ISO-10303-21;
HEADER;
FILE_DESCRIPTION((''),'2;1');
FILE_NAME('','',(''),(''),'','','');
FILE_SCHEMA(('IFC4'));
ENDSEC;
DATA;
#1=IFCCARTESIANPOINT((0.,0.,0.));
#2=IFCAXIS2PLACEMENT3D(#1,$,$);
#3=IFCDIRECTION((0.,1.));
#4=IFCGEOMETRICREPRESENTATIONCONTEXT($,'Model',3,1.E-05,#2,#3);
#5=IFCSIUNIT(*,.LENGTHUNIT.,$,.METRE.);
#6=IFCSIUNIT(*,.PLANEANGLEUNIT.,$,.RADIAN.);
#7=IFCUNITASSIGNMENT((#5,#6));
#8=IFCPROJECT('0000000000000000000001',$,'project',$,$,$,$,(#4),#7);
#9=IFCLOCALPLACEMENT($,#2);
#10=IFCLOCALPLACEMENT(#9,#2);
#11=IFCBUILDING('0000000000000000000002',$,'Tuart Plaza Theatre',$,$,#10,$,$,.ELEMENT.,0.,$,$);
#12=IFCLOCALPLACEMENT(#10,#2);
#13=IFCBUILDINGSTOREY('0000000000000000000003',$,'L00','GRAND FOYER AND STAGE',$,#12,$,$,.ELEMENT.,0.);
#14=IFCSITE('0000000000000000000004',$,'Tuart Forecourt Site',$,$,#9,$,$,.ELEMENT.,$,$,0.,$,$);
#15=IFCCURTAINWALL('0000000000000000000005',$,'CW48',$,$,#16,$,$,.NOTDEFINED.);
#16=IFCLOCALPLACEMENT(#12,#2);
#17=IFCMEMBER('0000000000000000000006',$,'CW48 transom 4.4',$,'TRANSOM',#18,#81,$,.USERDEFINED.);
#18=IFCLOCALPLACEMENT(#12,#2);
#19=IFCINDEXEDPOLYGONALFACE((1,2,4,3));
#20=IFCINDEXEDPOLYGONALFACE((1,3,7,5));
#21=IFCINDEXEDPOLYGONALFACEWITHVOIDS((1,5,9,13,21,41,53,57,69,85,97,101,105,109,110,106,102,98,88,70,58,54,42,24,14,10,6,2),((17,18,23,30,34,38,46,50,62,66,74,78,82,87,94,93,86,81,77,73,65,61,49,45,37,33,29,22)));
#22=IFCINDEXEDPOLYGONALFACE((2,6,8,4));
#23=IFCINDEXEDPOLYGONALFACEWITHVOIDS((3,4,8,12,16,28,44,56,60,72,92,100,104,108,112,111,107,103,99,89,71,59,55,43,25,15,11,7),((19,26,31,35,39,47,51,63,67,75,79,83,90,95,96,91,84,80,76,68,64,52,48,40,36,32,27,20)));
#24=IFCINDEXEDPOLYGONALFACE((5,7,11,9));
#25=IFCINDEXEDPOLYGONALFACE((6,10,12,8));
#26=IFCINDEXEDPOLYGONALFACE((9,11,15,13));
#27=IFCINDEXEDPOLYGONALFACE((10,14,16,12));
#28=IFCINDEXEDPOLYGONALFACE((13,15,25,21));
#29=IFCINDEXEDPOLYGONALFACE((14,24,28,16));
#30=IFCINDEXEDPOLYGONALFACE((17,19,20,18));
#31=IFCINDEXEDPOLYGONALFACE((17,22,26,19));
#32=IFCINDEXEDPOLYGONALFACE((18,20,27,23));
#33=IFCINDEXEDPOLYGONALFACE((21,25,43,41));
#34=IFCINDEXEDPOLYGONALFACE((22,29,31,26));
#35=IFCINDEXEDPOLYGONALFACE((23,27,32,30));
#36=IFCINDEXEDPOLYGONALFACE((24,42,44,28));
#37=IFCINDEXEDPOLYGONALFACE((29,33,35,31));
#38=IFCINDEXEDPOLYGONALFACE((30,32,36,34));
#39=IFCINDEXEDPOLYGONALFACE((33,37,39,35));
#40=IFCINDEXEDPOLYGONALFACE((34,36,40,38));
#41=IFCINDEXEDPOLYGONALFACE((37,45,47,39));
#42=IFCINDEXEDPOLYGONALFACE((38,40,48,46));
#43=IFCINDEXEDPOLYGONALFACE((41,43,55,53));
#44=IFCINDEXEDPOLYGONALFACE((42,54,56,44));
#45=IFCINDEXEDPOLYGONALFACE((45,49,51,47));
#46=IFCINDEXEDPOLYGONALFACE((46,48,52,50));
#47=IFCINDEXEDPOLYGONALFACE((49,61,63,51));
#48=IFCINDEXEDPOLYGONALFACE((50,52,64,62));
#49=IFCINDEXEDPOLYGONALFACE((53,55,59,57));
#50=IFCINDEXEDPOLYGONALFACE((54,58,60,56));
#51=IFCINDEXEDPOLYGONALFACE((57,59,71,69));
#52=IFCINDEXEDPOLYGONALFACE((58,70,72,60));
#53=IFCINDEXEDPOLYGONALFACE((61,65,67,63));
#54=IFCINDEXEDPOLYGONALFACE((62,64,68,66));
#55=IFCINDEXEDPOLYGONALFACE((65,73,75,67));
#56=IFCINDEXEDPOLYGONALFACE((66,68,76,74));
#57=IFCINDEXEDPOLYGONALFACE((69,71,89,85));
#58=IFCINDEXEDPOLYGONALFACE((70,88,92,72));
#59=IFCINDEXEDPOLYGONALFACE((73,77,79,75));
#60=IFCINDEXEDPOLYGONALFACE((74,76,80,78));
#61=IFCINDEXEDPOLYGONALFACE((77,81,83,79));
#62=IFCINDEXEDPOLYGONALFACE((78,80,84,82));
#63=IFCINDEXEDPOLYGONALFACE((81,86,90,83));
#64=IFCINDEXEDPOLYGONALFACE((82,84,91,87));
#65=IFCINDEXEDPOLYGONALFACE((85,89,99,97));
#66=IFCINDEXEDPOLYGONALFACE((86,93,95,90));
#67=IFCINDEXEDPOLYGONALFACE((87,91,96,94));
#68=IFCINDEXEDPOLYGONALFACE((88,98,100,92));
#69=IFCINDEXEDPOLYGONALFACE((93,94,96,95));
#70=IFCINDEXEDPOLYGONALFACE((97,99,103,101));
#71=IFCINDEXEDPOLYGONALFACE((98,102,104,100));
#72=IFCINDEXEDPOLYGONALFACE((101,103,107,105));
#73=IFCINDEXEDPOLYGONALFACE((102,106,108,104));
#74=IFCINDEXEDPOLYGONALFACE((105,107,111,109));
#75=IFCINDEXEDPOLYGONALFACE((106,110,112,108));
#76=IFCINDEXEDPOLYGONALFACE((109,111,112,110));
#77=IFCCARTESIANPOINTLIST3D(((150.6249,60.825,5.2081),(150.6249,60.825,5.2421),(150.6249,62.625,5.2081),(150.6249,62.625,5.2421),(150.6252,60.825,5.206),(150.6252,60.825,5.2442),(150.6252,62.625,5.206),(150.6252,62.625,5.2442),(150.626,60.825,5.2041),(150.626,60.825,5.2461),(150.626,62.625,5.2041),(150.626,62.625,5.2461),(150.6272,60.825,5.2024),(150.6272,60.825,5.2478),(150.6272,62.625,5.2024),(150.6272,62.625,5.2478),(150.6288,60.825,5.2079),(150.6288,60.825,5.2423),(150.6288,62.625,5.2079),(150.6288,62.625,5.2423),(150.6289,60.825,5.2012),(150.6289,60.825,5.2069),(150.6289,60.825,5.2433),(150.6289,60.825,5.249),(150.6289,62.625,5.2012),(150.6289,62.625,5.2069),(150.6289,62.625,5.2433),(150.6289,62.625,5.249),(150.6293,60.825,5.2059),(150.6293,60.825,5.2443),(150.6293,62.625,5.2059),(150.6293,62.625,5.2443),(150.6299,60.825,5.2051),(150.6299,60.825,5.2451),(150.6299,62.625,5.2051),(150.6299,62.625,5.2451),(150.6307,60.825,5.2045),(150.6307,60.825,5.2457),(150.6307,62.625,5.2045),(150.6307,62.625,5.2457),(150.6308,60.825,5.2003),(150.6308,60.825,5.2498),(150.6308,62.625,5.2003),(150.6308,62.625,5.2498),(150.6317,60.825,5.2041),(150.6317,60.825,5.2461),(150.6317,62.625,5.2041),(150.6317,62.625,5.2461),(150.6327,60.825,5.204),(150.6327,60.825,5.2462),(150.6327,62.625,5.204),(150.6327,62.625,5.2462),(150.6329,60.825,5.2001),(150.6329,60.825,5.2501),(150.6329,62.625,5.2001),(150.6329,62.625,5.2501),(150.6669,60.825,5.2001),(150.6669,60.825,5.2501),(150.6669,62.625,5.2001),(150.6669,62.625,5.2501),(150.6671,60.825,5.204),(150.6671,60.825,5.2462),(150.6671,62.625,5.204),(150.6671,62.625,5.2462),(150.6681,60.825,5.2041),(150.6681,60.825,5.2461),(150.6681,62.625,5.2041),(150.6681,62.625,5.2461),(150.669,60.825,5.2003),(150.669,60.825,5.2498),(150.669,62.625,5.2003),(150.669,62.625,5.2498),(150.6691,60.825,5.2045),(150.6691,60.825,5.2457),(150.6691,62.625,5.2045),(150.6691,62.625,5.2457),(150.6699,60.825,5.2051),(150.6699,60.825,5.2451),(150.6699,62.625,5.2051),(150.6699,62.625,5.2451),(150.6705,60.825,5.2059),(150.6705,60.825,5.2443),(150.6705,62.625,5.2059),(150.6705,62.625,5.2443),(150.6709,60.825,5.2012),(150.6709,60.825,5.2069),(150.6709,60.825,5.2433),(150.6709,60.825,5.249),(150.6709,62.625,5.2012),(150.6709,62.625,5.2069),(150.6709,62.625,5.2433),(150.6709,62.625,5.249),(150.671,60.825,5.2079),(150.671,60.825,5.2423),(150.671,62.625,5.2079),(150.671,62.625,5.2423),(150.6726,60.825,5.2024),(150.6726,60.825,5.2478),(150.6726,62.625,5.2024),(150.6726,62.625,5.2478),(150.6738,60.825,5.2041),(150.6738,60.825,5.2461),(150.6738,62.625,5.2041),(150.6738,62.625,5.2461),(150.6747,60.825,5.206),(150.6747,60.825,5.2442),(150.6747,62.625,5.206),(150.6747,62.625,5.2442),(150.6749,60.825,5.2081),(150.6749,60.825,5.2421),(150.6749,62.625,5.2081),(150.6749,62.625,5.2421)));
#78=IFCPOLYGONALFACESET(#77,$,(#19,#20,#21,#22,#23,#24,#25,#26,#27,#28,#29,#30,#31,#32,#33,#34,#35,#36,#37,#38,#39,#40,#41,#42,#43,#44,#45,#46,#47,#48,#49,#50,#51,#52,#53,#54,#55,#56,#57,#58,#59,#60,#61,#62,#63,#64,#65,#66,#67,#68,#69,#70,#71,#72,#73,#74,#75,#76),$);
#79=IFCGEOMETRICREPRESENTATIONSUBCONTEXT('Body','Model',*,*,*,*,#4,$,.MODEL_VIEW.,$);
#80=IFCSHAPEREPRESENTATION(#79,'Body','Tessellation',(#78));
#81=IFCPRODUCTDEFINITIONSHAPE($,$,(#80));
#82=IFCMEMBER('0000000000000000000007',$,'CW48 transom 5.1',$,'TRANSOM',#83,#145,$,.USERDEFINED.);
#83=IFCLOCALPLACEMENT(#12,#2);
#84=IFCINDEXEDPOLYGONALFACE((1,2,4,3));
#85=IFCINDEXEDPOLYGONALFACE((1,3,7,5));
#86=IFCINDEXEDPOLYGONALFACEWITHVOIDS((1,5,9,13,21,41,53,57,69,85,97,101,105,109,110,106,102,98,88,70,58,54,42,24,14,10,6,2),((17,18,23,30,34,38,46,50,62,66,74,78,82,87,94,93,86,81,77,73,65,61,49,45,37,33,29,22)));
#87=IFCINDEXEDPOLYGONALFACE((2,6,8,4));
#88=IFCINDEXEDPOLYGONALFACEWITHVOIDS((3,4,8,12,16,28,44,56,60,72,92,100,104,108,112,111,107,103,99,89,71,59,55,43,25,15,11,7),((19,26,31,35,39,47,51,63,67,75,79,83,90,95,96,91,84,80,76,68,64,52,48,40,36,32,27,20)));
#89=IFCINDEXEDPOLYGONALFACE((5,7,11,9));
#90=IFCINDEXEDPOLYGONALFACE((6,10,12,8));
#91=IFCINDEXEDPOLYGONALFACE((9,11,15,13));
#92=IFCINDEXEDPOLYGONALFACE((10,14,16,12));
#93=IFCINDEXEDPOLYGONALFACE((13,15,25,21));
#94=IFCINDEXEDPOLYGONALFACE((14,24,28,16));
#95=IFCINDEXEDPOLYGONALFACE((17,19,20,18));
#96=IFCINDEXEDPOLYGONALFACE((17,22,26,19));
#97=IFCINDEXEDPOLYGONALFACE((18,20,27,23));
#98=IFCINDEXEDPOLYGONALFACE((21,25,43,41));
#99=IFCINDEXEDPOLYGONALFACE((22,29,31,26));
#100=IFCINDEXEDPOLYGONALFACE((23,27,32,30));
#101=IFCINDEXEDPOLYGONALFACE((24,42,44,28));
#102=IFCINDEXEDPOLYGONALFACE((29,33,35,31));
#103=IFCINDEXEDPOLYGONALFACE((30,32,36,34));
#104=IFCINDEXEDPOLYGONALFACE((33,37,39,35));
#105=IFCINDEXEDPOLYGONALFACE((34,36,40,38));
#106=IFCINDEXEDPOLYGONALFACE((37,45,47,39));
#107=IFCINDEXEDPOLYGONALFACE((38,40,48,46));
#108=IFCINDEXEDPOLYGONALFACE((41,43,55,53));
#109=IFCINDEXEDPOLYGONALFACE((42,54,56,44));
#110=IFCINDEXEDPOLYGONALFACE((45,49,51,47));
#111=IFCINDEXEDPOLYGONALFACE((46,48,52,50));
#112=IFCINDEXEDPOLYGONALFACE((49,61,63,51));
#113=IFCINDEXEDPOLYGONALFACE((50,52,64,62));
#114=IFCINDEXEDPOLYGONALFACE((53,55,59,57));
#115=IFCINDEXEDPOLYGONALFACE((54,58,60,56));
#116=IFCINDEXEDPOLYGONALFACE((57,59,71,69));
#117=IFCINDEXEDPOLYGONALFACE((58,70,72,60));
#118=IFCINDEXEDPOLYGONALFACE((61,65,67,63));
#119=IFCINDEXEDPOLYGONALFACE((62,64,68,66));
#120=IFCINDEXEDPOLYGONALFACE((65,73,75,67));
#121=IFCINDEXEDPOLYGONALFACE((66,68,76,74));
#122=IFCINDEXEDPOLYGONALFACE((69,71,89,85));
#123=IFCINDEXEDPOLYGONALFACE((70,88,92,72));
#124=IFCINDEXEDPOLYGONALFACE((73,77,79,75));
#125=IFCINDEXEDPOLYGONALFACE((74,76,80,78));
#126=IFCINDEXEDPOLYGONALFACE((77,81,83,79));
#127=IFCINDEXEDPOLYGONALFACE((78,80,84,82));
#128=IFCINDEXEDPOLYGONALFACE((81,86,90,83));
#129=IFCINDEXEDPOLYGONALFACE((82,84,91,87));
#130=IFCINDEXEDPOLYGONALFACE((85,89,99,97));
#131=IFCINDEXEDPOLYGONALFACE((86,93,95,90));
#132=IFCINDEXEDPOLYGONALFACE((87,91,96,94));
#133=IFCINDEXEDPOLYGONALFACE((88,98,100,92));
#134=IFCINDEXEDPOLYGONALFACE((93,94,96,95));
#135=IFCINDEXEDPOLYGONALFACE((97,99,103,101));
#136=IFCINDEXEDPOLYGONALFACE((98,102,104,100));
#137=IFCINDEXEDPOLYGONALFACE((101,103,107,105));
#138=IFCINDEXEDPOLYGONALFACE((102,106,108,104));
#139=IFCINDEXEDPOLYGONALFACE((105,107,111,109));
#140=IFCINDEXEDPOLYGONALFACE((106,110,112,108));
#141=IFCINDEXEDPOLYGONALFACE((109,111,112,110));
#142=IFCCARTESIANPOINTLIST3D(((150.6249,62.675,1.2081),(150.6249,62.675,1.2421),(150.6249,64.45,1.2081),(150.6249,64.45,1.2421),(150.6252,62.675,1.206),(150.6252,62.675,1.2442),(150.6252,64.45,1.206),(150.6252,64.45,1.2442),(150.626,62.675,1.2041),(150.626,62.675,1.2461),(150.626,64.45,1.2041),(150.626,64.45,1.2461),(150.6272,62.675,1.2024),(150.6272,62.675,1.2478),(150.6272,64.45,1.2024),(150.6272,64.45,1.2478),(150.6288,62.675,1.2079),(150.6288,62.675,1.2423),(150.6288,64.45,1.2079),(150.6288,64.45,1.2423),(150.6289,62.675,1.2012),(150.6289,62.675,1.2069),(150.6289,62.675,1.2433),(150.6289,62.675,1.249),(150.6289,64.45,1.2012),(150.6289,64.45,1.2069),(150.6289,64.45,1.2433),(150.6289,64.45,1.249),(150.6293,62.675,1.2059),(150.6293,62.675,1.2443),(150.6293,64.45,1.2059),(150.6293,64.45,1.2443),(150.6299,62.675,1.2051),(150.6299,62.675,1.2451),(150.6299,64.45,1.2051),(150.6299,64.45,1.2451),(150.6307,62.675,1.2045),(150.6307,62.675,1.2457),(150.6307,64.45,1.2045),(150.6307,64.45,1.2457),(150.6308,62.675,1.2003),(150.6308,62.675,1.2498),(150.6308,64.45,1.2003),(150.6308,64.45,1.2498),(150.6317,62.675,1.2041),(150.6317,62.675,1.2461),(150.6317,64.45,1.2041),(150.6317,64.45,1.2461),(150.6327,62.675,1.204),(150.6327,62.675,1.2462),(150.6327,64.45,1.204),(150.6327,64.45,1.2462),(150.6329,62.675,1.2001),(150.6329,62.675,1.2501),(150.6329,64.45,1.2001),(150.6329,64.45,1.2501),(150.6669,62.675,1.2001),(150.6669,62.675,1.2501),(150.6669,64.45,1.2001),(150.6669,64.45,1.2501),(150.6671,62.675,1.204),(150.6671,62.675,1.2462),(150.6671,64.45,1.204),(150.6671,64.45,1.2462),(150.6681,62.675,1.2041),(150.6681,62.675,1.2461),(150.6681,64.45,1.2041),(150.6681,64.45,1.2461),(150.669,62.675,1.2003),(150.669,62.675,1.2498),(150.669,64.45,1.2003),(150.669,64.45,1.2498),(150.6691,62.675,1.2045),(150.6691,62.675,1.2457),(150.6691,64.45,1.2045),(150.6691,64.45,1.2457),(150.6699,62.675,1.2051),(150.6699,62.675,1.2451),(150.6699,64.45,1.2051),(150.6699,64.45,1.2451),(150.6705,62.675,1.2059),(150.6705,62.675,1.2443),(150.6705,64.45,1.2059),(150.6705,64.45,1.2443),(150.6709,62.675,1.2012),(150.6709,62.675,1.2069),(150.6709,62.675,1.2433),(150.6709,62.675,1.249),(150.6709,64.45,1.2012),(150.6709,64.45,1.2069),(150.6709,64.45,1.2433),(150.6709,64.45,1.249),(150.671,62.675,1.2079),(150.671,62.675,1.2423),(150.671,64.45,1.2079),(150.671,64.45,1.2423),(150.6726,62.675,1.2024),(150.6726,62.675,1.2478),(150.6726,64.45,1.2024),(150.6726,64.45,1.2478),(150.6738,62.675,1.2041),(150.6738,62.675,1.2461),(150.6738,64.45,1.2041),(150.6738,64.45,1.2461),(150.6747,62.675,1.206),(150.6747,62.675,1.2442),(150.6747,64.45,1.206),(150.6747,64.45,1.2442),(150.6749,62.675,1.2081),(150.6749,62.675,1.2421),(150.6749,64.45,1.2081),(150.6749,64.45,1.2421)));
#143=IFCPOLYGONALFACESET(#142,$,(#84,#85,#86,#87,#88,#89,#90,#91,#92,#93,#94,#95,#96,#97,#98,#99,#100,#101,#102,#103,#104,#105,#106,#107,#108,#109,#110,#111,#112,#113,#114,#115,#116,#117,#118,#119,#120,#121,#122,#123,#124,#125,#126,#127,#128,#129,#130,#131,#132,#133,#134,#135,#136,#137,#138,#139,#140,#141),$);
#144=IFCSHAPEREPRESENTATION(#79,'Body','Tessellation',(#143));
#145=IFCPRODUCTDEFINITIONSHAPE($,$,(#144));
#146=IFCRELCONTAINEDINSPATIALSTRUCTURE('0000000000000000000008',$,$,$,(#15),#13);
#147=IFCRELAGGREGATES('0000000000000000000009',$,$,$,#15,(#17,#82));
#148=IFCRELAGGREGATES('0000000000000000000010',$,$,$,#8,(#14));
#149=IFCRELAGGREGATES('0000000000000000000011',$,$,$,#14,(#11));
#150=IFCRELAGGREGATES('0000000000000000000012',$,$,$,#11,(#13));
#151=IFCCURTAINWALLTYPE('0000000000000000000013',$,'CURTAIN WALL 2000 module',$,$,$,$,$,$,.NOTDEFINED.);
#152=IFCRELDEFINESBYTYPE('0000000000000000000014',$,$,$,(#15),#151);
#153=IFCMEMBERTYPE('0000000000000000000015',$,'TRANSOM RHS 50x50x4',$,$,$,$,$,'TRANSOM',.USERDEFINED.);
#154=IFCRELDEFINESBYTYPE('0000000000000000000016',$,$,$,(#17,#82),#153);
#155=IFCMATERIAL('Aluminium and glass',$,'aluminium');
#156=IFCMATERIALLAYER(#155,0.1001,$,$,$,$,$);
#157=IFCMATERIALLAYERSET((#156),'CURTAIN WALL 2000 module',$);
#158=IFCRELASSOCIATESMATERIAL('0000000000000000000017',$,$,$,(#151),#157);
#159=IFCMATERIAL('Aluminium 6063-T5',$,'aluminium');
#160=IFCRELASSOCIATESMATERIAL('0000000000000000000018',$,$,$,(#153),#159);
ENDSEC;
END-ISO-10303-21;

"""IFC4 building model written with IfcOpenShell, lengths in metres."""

from ifc_helpers import new_model, si_unit, direction, frame, origin, origin_2d, place, context, subcontext, project, spatial, hollow_rectangle, extrude, material, layer, layer_set, material_profile, profile_set, type_object, element, aggregate, save


model = new_model("IFC4")

# Units and contexts
model_context = context("Model", 3, precision=1e-05, world=origin(), true_north=direction((0.0, 1.0)))
body_context = subcontext(model_context, "Body", "Model", "MODEL_VIEW")
ifc_project = project(units=[si_unit("LENGTHUNIT", "METRE"), si_unit("PLANEANGLEUNIT", "RADIAN")], contexts=[model_context])

# Site, building, storey
site_placement = place(None, origin())
site = spatial("IfcSite", under=ifc_project, at=site_placement, Name="Tuart Forecourt Site", CompositionType="ELEMENT", RefElevation=0.0)
building_placement = place(site_placement, origin())
building = spatial("IfcBuilding", under=site, at=building_placement, Name="Tuart Plaza Theatre", CompositionType="ELEMENT", ElevationOfRefHeight=0.0)
storey_placement = place(building_placement, origin())
storey = spatial("IfcBuildingStorey", under=building, at=storey_placement, Name="L00", Description="GRAND FOYER AND STAGE", CompositionType="ELEMENT", Elevation=0.0)

# Curtain wall, members
ifc_material_1 = material(Name="Aluminium and glass", Category="aluminium")
ifc_layer_1 = layer(ifc_material_1, 0.1001)
ifc_layer_set_1 = layer_set([ifc_layer_1], Name="CURTAIN WALL 2000 module")
curtain_wall_type = type_object("IfcCurtainWallType", Name="CURTAIN WALL 2000 module", PredefinedType="NOTDEFINED", material=ifc_layer_set_1)
curtain_wall_1_placement = place(storey_placement, origin())
curtain_wall_1 = element("IfcCurtainWall", 1, at=curtain_wall_1_placement, inside=storey, type_object=curtain_wall_type, Name="CW48", PredefinedType="NOTDEFINED")
ifc_material_2 = material(Name="Aluminium 6063-T5", Category="aluminium")
ifc_material_profile_1 = material_profile(ifc_material_2, hollow_rectangle(XDim=0.05, YDim=0.05, WallThickness=0.0039, InnerFilletRadius=0.0039, OuterFilletRadius=0.0081, at=origin_2d()), Name="RHS 50x50x4")
ifc_profile_set_1 = profile_set([ifc_material_profile_1], Name="Aluminium 6063-T5")
member_type_1 = type_object("IfcMemberType", Name="TRANSOM RHS 50x50x4", ElementType="TRANSOM", PredefinedType="USERDEFINED", material=ifc_profile_set_1)
member_1_placement = place(storey_placement, frame((150.6499, 60.825, 5.2251), z_axis=(0.0, 1.0, 0.0), x_axis=(-1.0, 0.0, 0.0)))
member_1 = element("IfcMember", 2, at=member_1_placement, type_object=member_type_1, Name="CW48 transom 4.4", ObjectType="TRANSOM", PredefinedType="USERDEFINED", context=body_context, shape_type="SweptSolid", body=[
    extrude(hollow_rectangle(XDim=0.05, YDim=0.05, WallThickness=0.0039, InnerFilletRadius=0.0039, OuterFilletRadius=0.0081, at=origin_2d()), origin(), (0.0, 0.0, 1.0), 1.8),
])
member_2_placement = place(storey_placement, frame((150.6499, 62.675, 1.2251), z_axis=(0.0, 1.0, 0.0), x_axis=(-1.0, 0.0, 0.0)))
member_2 = element("IfcMember", 3, at=member_2_placement, type_object=member_type_1, Name="CW48 transom 5.1", ObjectType="TRANSOM", PredefinedType="USERDEFINED", context=body_context, shape_type="SweptSolid", body=[
    extrude(hollow_rectangle(XDim=0.05, YDim=0.05, WallThickness=0.0039, InnerFilletRadius=0.0039, OuterFilletRadius=0.0081, at=origin_2d()), origin(), (0.0, 0.0, 1.0), 1.7749),
])

aggregate(curtain_wall_1, [member_1, member_2])

save(model, "model.ifc")
